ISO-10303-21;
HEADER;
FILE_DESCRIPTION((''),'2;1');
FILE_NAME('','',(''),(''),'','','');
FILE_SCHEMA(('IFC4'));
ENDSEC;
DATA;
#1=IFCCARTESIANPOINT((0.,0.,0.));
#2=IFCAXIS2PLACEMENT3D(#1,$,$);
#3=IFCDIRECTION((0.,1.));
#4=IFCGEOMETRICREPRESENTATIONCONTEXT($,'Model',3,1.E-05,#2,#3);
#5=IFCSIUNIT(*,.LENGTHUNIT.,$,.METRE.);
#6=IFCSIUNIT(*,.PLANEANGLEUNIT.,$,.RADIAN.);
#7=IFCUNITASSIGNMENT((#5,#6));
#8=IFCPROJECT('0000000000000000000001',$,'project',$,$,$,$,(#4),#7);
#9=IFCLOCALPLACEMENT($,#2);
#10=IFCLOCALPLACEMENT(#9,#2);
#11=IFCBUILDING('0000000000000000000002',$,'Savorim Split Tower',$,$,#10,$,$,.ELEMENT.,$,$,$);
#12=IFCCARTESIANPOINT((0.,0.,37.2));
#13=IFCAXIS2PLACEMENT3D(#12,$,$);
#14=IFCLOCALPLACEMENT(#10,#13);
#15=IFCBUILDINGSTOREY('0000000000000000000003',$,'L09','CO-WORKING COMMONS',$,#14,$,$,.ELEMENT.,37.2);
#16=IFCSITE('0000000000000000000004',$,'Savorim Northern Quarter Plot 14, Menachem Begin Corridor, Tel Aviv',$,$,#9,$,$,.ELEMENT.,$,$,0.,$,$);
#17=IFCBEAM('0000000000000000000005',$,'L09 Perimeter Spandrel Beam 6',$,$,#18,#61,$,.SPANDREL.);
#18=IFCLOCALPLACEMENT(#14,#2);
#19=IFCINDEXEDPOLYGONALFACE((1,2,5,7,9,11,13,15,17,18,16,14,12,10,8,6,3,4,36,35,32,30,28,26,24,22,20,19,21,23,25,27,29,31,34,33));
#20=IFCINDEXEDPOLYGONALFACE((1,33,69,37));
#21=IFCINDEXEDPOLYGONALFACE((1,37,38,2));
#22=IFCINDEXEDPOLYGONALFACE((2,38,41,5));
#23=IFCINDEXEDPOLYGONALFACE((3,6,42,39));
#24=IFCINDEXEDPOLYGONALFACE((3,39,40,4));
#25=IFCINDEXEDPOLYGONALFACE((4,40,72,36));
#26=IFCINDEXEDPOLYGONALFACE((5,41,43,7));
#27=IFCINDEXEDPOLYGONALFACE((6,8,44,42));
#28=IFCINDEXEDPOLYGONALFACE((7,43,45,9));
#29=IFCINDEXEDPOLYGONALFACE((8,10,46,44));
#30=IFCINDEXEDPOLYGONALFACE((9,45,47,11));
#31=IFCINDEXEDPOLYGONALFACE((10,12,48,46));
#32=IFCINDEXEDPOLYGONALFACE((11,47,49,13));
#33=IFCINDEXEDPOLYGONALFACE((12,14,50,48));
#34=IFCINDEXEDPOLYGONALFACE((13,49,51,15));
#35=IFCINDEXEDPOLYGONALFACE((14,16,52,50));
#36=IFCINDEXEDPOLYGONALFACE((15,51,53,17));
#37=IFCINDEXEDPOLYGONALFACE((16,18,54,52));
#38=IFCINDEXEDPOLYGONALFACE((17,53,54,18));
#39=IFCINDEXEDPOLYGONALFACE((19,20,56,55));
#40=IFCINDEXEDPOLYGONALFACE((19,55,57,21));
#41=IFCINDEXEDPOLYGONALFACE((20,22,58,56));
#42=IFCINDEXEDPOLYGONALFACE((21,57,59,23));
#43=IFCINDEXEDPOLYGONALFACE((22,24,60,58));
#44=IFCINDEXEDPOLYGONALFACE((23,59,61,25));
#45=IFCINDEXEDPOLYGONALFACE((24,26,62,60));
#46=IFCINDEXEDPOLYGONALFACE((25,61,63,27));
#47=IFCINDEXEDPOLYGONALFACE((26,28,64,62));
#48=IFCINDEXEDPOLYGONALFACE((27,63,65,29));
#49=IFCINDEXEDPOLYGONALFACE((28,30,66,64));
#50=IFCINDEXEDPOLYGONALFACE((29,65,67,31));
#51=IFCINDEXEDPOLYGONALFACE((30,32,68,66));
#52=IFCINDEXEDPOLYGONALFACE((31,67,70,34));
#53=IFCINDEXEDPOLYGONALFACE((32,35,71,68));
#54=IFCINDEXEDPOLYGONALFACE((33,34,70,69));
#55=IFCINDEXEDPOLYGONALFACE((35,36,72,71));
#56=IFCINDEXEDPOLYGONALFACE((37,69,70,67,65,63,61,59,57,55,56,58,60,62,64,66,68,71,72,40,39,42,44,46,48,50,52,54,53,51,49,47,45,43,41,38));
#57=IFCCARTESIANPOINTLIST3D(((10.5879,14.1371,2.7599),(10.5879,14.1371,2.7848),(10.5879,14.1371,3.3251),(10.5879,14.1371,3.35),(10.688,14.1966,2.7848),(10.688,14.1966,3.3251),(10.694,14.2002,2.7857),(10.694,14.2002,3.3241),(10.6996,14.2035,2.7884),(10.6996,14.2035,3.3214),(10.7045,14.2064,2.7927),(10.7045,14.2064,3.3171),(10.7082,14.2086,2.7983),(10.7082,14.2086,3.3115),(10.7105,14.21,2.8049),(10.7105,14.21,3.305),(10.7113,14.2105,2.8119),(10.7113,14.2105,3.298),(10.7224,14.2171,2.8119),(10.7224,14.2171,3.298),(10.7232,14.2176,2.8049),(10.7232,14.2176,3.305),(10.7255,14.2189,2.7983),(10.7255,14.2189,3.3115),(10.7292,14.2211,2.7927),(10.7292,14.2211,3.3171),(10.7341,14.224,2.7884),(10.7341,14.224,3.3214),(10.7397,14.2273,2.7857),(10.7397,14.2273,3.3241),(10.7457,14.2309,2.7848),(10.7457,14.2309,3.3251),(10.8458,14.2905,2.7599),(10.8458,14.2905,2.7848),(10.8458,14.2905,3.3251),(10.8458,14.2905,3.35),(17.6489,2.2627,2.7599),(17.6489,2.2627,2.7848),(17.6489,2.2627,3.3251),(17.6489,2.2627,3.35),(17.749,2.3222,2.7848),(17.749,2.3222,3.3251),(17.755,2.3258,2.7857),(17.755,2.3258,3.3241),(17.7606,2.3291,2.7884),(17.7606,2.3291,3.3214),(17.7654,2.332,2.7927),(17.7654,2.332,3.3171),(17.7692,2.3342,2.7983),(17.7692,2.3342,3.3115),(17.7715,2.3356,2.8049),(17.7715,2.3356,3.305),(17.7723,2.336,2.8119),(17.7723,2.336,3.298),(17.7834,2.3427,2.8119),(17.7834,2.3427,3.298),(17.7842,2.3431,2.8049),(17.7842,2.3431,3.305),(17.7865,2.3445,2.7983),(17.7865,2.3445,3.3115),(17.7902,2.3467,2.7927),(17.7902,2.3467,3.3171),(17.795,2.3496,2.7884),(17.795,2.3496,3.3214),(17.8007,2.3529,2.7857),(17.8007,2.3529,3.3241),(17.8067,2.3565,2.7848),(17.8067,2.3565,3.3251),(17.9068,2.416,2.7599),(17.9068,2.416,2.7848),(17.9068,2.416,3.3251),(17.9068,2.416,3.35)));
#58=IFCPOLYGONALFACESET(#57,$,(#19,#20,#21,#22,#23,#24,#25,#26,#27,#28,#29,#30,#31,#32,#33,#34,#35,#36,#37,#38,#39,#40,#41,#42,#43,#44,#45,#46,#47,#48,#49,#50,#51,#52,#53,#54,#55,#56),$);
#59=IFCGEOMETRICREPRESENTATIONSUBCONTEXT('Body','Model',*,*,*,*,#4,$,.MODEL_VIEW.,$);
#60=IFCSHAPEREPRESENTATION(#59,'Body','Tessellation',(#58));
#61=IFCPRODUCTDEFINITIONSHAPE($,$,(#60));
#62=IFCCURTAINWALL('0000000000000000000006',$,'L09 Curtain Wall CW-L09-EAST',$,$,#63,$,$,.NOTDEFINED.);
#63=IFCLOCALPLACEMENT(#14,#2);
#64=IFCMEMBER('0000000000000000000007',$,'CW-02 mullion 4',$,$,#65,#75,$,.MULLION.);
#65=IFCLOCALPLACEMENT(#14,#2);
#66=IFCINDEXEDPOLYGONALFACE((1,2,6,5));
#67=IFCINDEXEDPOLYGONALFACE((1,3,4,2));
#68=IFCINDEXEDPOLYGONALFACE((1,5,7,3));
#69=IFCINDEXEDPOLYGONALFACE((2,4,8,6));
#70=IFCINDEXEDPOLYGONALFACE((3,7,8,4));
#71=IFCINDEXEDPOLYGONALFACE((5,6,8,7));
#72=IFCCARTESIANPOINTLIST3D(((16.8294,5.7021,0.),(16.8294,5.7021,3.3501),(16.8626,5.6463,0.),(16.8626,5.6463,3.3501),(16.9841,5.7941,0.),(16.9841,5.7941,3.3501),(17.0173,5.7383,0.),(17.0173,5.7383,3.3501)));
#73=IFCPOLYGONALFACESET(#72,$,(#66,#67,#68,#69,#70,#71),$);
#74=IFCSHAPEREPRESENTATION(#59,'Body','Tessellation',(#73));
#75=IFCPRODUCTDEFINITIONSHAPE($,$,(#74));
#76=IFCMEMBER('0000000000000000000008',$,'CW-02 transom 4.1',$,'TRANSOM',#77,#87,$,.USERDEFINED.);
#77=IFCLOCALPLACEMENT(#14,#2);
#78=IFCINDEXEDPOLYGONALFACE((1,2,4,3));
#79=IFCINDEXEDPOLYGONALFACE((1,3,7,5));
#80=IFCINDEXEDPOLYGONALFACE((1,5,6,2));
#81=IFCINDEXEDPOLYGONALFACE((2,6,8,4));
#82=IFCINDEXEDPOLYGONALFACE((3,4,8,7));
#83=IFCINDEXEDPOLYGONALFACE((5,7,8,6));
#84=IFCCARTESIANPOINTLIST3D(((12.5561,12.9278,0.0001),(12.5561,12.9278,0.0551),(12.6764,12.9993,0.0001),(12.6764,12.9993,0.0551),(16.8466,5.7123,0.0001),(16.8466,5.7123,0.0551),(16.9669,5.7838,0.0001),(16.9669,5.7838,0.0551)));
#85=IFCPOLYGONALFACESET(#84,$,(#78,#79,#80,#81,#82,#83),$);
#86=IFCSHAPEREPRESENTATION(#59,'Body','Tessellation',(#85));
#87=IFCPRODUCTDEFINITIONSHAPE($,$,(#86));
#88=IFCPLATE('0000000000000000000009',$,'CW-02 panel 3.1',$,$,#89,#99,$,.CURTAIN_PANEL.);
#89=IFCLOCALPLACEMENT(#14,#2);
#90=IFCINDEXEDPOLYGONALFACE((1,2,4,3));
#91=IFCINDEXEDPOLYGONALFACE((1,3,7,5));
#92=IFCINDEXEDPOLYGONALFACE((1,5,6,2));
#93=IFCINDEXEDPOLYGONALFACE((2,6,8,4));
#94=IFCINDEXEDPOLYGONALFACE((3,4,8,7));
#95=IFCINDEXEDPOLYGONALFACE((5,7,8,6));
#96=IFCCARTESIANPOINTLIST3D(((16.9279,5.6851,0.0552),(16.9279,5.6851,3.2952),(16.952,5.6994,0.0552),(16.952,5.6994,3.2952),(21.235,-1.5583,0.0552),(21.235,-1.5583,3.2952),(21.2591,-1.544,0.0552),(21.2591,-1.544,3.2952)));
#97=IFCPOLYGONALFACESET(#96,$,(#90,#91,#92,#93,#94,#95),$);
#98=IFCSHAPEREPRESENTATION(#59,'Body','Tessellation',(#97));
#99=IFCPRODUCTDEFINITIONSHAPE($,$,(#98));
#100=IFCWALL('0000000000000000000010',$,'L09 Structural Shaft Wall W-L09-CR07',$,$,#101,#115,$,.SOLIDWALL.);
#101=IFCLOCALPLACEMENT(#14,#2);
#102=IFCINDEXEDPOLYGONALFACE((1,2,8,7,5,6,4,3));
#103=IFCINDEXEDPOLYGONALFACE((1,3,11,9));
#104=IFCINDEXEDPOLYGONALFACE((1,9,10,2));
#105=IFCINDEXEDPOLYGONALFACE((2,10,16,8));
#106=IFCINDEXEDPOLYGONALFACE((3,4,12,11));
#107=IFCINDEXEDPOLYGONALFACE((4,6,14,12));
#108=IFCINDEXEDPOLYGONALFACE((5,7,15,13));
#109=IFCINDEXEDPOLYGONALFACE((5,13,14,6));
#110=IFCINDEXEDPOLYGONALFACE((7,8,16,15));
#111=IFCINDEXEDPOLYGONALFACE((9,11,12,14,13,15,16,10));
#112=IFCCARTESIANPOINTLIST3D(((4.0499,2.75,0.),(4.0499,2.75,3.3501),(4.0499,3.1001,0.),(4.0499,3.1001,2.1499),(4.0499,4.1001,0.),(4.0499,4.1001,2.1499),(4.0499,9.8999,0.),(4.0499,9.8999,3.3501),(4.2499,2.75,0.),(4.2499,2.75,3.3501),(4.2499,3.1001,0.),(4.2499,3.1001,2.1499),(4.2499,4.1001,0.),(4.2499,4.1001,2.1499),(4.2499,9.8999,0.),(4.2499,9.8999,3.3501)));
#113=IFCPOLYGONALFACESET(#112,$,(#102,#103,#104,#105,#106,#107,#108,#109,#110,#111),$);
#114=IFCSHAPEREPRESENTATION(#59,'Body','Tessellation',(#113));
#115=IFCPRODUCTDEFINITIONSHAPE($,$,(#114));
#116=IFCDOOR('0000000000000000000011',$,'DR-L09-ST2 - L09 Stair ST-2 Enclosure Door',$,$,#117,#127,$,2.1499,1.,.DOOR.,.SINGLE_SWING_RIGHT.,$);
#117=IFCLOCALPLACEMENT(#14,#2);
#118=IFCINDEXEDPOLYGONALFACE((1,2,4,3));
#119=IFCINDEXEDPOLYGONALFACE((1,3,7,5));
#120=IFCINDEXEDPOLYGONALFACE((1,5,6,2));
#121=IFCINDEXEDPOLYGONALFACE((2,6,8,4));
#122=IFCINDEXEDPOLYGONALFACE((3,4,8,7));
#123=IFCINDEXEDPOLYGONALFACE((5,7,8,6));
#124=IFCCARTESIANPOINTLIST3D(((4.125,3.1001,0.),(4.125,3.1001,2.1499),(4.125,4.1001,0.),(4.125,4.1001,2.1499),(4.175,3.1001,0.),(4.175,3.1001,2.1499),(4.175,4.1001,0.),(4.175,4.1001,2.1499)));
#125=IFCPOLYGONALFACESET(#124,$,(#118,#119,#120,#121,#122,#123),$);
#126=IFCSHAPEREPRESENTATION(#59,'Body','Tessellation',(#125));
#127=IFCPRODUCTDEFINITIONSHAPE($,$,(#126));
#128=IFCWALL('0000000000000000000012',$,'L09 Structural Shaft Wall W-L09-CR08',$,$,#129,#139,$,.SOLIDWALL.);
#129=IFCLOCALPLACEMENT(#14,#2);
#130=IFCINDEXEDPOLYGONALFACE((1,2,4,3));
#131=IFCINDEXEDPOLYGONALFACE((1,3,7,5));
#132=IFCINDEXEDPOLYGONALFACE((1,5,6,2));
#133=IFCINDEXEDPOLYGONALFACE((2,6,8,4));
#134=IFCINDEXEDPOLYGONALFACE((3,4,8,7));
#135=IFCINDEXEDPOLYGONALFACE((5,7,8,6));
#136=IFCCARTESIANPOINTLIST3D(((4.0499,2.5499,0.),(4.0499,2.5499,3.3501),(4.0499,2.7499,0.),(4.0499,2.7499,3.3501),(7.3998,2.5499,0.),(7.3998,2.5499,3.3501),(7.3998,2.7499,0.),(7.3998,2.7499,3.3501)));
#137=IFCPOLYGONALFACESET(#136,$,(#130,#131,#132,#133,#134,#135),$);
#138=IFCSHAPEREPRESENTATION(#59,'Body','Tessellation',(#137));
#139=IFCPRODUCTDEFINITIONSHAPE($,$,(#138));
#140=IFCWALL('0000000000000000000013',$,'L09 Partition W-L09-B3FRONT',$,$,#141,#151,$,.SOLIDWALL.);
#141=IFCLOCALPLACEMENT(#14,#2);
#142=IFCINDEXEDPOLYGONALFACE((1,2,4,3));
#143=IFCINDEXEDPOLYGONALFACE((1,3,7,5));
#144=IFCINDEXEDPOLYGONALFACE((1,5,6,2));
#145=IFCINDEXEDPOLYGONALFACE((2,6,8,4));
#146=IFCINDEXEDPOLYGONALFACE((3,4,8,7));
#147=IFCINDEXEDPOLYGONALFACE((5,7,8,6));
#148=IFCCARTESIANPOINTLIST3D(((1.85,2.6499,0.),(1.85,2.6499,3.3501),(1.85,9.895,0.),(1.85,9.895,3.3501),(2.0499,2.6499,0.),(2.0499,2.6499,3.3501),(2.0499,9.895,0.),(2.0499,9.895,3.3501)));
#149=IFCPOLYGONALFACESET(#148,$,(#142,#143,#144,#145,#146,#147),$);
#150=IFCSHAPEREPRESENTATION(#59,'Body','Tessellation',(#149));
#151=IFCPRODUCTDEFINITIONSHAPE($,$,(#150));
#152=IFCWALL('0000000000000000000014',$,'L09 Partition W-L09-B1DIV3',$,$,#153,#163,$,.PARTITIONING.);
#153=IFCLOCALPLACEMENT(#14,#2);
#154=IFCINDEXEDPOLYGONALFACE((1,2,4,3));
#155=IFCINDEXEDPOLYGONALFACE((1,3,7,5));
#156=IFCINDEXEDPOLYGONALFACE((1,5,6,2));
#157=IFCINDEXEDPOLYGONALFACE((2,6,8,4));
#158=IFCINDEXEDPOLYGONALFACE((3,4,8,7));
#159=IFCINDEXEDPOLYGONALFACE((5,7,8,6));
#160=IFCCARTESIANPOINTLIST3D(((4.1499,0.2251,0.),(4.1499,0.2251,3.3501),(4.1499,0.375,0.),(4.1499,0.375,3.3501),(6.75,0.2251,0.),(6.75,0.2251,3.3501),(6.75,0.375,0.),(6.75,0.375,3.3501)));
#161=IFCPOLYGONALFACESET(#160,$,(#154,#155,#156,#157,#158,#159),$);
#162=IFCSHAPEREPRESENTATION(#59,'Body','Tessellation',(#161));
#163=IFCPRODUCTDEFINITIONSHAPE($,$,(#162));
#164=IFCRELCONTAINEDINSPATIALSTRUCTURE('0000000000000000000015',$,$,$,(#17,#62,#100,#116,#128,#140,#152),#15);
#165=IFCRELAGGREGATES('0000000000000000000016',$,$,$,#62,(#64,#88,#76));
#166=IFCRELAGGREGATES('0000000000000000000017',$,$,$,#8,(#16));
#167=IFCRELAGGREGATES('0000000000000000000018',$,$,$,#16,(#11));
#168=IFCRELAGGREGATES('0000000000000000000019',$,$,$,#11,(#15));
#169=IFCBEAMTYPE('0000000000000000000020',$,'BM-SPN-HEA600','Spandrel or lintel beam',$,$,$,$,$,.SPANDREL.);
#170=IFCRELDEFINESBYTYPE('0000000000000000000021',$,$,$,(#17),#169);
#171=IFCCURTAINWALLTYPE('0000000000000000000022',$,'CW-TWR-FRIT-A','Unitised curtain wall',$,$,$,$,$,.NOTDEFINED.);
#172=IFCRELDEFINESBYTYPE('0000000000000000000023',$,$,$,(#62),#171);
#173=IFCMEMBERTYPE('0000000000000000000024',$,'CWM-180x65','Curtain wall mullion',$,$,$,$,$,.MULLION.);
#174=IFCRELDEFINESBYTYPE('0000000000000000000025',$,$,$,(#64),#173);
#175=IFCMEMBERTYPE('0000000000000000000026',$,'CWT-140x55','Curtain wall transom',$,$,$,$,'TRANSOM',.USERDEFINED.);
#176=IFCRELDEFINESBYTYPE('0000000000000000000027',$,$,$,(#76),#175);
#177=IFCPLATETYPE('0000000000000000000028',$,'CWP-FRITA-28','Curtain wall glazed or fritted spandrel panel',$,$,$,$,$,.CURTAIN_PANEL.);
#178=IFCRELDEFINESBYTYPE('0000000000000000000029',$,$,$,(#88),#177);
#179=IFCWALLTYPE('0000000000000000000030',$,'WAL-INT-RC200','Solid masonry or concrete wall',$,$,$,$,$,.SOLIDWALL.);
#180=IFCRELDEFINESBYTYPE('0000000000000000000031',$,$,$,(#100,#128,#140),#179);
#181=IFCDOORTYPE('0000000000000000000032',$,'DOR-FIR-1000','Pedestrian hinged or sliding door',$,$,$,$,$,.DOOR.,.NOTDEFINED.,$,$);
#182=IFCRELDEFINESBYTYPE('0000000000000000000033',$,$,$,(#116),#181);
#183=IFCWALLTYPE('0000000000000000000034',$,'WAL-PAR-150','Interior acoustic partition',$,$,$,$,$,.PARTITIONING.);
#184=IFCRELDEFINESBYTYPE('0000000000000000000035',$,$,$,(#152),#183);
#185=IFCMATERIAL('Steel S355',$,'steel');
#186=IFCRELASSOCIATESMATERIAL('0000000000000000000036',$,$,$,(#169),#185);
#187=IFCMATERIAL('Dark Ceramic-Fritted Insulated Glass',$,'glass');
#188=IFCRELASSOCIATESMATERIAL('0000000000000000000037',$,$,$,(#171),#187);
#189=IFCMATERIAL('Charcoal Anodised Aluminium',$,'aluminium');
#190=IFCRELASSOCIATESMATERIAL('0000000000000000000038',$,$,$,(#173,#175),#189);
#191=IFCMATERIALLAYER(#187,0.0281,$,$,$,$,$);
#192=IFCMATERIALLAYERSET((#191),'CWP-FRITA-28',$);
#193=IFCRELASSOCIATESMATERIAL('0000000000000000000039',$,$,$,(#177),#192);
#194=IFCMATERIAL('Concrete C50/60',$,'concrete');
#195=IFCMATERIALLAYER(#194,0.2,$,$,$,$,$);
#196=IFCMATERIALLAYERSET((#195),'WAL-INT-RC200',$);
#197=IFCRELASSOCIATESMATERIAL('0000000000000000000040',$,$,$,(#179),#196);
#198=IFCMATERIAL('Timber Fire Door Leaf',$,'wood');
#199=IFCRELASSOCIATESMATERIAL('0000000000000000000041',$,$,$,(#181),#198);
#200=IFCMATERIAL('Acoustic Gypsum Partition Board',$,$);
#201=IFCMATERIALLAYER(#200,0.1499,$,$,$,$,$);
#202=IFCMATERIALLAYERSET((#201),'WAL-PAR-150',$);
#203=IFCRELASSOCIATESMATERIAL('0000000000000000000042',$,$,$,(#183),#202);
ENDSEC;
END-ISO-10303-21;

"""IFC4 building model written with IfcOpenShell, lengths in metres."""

from ifc_helpers import new_model, si_unit, direction, frame, frame_2d, origin, origin_2d, place, context, subcontext, project, spatial, rectangle, i_section, extrude, material, layer, layer_set, material_profile, profile_set, type_object, element, fill, aggregate, save


model = new_model("IFC4")

# Units and contexts
model_context = context("Model", 3, precision=1e-05, world=origin(), true_north=direction((0.0, 1.0)))
body_context = subcontext(model_context, "Body", "Model", "MODEL_VIEW")
ifc_project = project(units=[si_unit("LENGTHUNIT", "METRE"), si_unit("PLANEANGLEUNIT", "RADIAN")], contexts=[model_context])

# Site, building, storey
site_placement = place(None, origin())
site = spatial("IfcSite", under=ifc_project, at=site_placement, Name="Savorim Northern Quarter Plot 14, Menachem Begin Corridor, Tel Aviv", CompositionType="ELEMENT", RefElevation=0.0)
building_placement = place(site_placement, origin())
building = spatial("IfcBuilding", under=site, at=building_placement, Name="Savorim Split Tower", CompositionType="ELEMENT")
storey_placement = place(building_placement, frame((0.0, 0.0, 37.2)))
storey = spatial("IfcBuildingStorey", under=building, at=storey_placement, Name="L09", Description="CO-WORKING COMMONS", CompositionType="ELEMENT", Elevation=37.2)

# Beam
ifc_material_1 = material(Name="Steel S355", Category="steel")
ifc_material_profile_1 = material_profile(ifc_material_1, i_section(OverallWidth=0.3, OverallDepth=0.5901, WebThickness=0.0129, FlangeThickness=0.0249, FilletRadius=0.0271, at=origin_2d()), Name="HEA 600")
ifc_profile_set_1 = profile_set([ifc_material_profile_1], Name="Steel S355")
beam_type_1 = type_object("IfcBeamType", Name="BM-SPN-HEA600", Description="Spandrel or lintel beam", PredefinedType="SPANDREL", material=ifc_profile_set_1)
beam_1_placement = place(storey_placement, frame((17.7778, 2.3394, 3.0549), z_axis=(-0.511103, 0.85952, 0.0), x_axis=(-0.85952, -0.511103, 0.0)))
element("IfcBeam", 1, at=beam_1_placement, inside=storey, type_object=beam_type_1, Name="L09 Perimeter Spandrel Beam 6", PredefinedType="SPANDREL", context=body_context, shape_type="SweptSolid", body=[
    extrude(i_section(OverallWidth=0.3, OverallDepth=0.5901, WebThickness=0.0129, FlangeThickness=0.0249, FilletRadius=0.0271, at=origin_2d()), origin(), (0.0, 0.0, 1.0), 13.8152),
])

# Curtain wall, members, plate
ifc_material_2 = material(Name="Dark Ceramic-Fritted Insulated Glass", Category="glass")
curtain_wall_type = type_object("IfcCurtainWallType", Name="CW-TWR-FRIT-A", Description="Unitised curtain wall", PredefinedType="NOTDEFINED", material=ifc_material_2)
curtain_wall_placement = place(storey_placement, origin())
curtain_wall = element("IfcCurtainWall", 2, at=curtain_wall_placement, inside=storey, type_object=curtain_wall_type, Name="L09 Curtain Wall CW-L09-EAST", PredefinedType="NOTDEFINED")
ifc_material_3 = material(Name="Charcoal Anodised Aluminium", Category="aluminium")
ifc_material_profile_2 = material_profile(ifc_material_3, rectangle(XDim=0.1799, YDim=0.0649, at=origin_2d()), Name="ALU-M 180x65")
ifc_profile_set_2 = profile_set([ifc_material_profile_2], Name="Charcoal Anodised Aluminium")
member_type_1 = type_object("IfcMemberType", Name="CWM-180x65", Description="Curtain wall mullion", PredefinedType="MULLION", material=ifc_profile_set_2)
member_1_placement = place(storey_placement, frame((16.9233, 5.7202, 0.0), z_axis=(0.0, 0.0, 1.0), x_axis=(-0.859526, -0.511092, 0.0)))
member_1 = element("IfcMember", 3, at=member_1_placement, type_object=member_type_1, Name="CW-02 mullion 4", PredefinedType="MULLION", context=body_context, shape_type="SweptSolid", body=[
    extrude(rectangle(XDim=0.1799, YDim=0.0649, at=origin_2d()), origin(), (0.0, 0.0, 1.0), 3.3501),
])
ifc_material_profile_3 = material_profile(ifc_material_3, rectangle(XDim=0.1399, YDim=0.0549, at=origin_2d()), Name="ALU-T 140x55")
ifc_profile_set_3 = profile_set([ifc_material_profile_3], Name="Charcoal Anodised Aluminium")
member_type_2 = type_object("IfcMemberType", Name="CWT-140x55", Description="Curtain wall transom", ElementType="TRANSOM", PredefinedType="USERDEFINED", material=ifc_profile_set_3)
member_2_placement = place(storey_placement, frame((16.9067, 5.748, 0.0276), z_axis=(-0.511092, 0.859526, 0.0), x_axis=(-0.859526, -0.511092, 0.0)))
member_2 = element("IfcMember", 4, at=member_2_placement, type_object=member_type_2, Name="CW-02 transom 4.1", ObjectType="TRANSOM", PredefinedType="USERDEFINED", context=body_context, shape_type="SweptSolid", body=[
    extrude(rectangle(XDim=0.1399, YDim=0.0549, at=origin_2d()), origin(), (0.0, 0.0, 1.0), 8.3948),
])
ifc_layer_1 = layer(ifc_material_2, 0.0281)
ifc_layer_set_1 = layer_set([ifc_layer_1], Name="CWP-FRITA-28")
plate_type = type_object("IfcPlateType", Name="CWP-FRITA-28", Description="Curtain wall glazed or fritted spandrel panel", PredefinedType="CURTAIN_PANEL", material=ifc_layer_set_1)
plate_placement = place(storey_placement, frame((19.0935, 2.0706, 0.0552), z_axis=(0.0, 0.0, 1.0), x_axis=(-0.511092, 0.859526, 0.0)))
plate = element("IfcPlate", 5, at=plate_placement, type_object=plate_type, Name="CW-02 panel 3.1", PredefinedType="CURTAIN_PANEL", context=body_context, shape_type="SweptSolid", body=[
    extrude(rectangle(XDim=8.4272, YDim=0.0281, at=origin_2d()), origin(), (0.0, 0.0, 1.0), 3.24),
])
aggregate(curtain_wall, [member_1, plate, member_2])

# Wall, opening, door
ifc_material_4 = material(Name="Concrete C50/60", Category="concrete")
ifc_layer_2 = layer(ifc_material_4, 0.2)
ifc_layer_set_2 = layer_set([ifc_layer_2], Name="WAL-INT-RC200")
wall_type_1 = type_object("IfcWallType", Name="WAL-INT-RC200", Description="Solid masonry or concrete wall", PredefinedType="SOLIDWALL", material=ifc_layer_set_2)
wall_1_placement = place(storey_placement, frame((4.1499, 2.75, 0.0), z_axis=(0.0, 0.0, 1.0), x_axis=(0.0, 1.0, 0.0)))
wall_1 = element("IfcWall", 6, at=wall_1_placement, inside=storey, type_object=wall_type_1, Name="L09 Structural Shaft Wall W-L09-CR07", PredefinedType="SOLIDWALL", context=body_context, shape_type="SweptSolid", body=[
    extrude(rectangle(XDim=7.1499, YDim=0.2, at=frame_2d((3.575, 0.0))), origin(), (0.0, 0.0, 1.0), 3.3501),
])
opening_placement = place(wall_1_placement, frame((0.3501, 0.0, 0.0)))
opening = element("IfcOpeningElement", 7, at=opening_placement, cuts=wall_1, PredefinedType="OPENING", context=body_context, shape_type="SweptSolid", body=[
    extrude(rectangle(XDim=1.0, YDim=2.1499, at=frame_2d((0.5, 1.075))), frame((0.0, 0.1099, 0.0), z_axis=(0.0, -1.0, 0.0), x_axis=(1.0, 0.0, 0.0)), (0.0, 0.0, 1.0), 0.22),
])
ifc_material_5 = material(Name="Timber Fire Door Leaf", Category="wood")
door_type = type_object("IfcDoorType", Name="DOR-FIR-1000", Description="Pedestrian hinged or sliding door", OperationType="NOTDEFINED", PredefinedType="DOOR", material=ifc_material_5)
door_placement = place(opening_placement, origin())
door = element("IfcDoor", 8, at=door_placement, inside=storey, type_object=door_type, Name="DR-L09-ST2 - L09 Stair ST-2 Enclosure Door", OperationType="SINGLE_SWING_RIGHT", OverallHeight=2.1499, OverallWidth=1.0, PredefinedType="DOOR", context=body_context, shape_type="SweptSolid", body=[
    extrude(rectangle(XDim=1.0, YDim=2.1499, at=frame_2d((0.5, 1.075))), frame((0.0, 0.0249, 0.0), z_axis=(0.0, -1.0, 0.0), x_axis=(1.0, 0.0, 0.0)), (0.0, 0.0, 1.0), 0.05),
])
fill(opening, door)

# Walls
wall_2_placement = place(storey_placement, frame((4.05, 2.6499, 0.0), z_axis=(0.0, 0.0, 1.0), x_axis=(1.0, 0.0, 0.0)))
element("IfcWall", 9, at=wall_2_placement, inside=storey, type_object=wall_type_1, Name="L09 Structural Shaft Wall W-L09-CR08", PredefinedType="SOLIDWALL", context=body_context, shape_type="SweptSolid", body=[
    extrude(rectangle(XDim=3.3499, YDim=0.2, at=frame_2d((1.6748, 0.0))), origin(), (0.0, 0.0, 1.0), 3.3501),
])
wall_3_placement = place(storey_placement, frame((1.95, 2.6499, 0.0), z_axis=(0.0, 0.0, 1.0), x_axis=(0.0, 1.0, 0.0)))
element("IfcWall", 10, at=wall_3_placement, inside=storey, type_object=wall_type_1, Name="L09 Partition W-L09-B3FRONT", PredefinedType="SOLIDWALL", context=body_context, shape_type="SweptSolid", body=[
    extrude(rectangle(XDim=7.2451, YDim=0.2, at=frame_2d((3.6226, 0.0))), origin(), (0.0, 0.0, 1.0), 3.3501),
])
ifc_material_6 = material(Name="Acoustic Gypsum Partition Board")
ifc_layer_3 = layer(ifc_material_6, 0.1499)
ifc_layer_set_3 = layer_set([ifc_layer_3], Name="WAL-PAR-150")
wall_type_2 = type_object("IfcWallType", Name="WAL-PAR-150", Description="Interior acoustic partition", PredefinedType="PARTITIONING", material=ifc_layer_set_3)
wall_4_placement = place(storey_placement, frame((4.1499, 0.3, 0.0), z_axis=(0.0, 0.0, 1.0), x_axis=(1.0, 0.0, 0.0)))
element("IfcWall", 11, at=wall_4_placement, inside=storey, type_object=wall_type_2, Name="L09 Partition W-L09-B1DIV3", PredefinedType="PARTITIONING", context=body_context, shape_type="SweptSolid", body=[
    extrude(rectangle(XDim=2.6001, YDim=0.1499, at=frame_2d((1.3, 0.0))), origin(), (0.0, 0.0, 1.0), 3.3501),
])

save(model, "model.ifc")
